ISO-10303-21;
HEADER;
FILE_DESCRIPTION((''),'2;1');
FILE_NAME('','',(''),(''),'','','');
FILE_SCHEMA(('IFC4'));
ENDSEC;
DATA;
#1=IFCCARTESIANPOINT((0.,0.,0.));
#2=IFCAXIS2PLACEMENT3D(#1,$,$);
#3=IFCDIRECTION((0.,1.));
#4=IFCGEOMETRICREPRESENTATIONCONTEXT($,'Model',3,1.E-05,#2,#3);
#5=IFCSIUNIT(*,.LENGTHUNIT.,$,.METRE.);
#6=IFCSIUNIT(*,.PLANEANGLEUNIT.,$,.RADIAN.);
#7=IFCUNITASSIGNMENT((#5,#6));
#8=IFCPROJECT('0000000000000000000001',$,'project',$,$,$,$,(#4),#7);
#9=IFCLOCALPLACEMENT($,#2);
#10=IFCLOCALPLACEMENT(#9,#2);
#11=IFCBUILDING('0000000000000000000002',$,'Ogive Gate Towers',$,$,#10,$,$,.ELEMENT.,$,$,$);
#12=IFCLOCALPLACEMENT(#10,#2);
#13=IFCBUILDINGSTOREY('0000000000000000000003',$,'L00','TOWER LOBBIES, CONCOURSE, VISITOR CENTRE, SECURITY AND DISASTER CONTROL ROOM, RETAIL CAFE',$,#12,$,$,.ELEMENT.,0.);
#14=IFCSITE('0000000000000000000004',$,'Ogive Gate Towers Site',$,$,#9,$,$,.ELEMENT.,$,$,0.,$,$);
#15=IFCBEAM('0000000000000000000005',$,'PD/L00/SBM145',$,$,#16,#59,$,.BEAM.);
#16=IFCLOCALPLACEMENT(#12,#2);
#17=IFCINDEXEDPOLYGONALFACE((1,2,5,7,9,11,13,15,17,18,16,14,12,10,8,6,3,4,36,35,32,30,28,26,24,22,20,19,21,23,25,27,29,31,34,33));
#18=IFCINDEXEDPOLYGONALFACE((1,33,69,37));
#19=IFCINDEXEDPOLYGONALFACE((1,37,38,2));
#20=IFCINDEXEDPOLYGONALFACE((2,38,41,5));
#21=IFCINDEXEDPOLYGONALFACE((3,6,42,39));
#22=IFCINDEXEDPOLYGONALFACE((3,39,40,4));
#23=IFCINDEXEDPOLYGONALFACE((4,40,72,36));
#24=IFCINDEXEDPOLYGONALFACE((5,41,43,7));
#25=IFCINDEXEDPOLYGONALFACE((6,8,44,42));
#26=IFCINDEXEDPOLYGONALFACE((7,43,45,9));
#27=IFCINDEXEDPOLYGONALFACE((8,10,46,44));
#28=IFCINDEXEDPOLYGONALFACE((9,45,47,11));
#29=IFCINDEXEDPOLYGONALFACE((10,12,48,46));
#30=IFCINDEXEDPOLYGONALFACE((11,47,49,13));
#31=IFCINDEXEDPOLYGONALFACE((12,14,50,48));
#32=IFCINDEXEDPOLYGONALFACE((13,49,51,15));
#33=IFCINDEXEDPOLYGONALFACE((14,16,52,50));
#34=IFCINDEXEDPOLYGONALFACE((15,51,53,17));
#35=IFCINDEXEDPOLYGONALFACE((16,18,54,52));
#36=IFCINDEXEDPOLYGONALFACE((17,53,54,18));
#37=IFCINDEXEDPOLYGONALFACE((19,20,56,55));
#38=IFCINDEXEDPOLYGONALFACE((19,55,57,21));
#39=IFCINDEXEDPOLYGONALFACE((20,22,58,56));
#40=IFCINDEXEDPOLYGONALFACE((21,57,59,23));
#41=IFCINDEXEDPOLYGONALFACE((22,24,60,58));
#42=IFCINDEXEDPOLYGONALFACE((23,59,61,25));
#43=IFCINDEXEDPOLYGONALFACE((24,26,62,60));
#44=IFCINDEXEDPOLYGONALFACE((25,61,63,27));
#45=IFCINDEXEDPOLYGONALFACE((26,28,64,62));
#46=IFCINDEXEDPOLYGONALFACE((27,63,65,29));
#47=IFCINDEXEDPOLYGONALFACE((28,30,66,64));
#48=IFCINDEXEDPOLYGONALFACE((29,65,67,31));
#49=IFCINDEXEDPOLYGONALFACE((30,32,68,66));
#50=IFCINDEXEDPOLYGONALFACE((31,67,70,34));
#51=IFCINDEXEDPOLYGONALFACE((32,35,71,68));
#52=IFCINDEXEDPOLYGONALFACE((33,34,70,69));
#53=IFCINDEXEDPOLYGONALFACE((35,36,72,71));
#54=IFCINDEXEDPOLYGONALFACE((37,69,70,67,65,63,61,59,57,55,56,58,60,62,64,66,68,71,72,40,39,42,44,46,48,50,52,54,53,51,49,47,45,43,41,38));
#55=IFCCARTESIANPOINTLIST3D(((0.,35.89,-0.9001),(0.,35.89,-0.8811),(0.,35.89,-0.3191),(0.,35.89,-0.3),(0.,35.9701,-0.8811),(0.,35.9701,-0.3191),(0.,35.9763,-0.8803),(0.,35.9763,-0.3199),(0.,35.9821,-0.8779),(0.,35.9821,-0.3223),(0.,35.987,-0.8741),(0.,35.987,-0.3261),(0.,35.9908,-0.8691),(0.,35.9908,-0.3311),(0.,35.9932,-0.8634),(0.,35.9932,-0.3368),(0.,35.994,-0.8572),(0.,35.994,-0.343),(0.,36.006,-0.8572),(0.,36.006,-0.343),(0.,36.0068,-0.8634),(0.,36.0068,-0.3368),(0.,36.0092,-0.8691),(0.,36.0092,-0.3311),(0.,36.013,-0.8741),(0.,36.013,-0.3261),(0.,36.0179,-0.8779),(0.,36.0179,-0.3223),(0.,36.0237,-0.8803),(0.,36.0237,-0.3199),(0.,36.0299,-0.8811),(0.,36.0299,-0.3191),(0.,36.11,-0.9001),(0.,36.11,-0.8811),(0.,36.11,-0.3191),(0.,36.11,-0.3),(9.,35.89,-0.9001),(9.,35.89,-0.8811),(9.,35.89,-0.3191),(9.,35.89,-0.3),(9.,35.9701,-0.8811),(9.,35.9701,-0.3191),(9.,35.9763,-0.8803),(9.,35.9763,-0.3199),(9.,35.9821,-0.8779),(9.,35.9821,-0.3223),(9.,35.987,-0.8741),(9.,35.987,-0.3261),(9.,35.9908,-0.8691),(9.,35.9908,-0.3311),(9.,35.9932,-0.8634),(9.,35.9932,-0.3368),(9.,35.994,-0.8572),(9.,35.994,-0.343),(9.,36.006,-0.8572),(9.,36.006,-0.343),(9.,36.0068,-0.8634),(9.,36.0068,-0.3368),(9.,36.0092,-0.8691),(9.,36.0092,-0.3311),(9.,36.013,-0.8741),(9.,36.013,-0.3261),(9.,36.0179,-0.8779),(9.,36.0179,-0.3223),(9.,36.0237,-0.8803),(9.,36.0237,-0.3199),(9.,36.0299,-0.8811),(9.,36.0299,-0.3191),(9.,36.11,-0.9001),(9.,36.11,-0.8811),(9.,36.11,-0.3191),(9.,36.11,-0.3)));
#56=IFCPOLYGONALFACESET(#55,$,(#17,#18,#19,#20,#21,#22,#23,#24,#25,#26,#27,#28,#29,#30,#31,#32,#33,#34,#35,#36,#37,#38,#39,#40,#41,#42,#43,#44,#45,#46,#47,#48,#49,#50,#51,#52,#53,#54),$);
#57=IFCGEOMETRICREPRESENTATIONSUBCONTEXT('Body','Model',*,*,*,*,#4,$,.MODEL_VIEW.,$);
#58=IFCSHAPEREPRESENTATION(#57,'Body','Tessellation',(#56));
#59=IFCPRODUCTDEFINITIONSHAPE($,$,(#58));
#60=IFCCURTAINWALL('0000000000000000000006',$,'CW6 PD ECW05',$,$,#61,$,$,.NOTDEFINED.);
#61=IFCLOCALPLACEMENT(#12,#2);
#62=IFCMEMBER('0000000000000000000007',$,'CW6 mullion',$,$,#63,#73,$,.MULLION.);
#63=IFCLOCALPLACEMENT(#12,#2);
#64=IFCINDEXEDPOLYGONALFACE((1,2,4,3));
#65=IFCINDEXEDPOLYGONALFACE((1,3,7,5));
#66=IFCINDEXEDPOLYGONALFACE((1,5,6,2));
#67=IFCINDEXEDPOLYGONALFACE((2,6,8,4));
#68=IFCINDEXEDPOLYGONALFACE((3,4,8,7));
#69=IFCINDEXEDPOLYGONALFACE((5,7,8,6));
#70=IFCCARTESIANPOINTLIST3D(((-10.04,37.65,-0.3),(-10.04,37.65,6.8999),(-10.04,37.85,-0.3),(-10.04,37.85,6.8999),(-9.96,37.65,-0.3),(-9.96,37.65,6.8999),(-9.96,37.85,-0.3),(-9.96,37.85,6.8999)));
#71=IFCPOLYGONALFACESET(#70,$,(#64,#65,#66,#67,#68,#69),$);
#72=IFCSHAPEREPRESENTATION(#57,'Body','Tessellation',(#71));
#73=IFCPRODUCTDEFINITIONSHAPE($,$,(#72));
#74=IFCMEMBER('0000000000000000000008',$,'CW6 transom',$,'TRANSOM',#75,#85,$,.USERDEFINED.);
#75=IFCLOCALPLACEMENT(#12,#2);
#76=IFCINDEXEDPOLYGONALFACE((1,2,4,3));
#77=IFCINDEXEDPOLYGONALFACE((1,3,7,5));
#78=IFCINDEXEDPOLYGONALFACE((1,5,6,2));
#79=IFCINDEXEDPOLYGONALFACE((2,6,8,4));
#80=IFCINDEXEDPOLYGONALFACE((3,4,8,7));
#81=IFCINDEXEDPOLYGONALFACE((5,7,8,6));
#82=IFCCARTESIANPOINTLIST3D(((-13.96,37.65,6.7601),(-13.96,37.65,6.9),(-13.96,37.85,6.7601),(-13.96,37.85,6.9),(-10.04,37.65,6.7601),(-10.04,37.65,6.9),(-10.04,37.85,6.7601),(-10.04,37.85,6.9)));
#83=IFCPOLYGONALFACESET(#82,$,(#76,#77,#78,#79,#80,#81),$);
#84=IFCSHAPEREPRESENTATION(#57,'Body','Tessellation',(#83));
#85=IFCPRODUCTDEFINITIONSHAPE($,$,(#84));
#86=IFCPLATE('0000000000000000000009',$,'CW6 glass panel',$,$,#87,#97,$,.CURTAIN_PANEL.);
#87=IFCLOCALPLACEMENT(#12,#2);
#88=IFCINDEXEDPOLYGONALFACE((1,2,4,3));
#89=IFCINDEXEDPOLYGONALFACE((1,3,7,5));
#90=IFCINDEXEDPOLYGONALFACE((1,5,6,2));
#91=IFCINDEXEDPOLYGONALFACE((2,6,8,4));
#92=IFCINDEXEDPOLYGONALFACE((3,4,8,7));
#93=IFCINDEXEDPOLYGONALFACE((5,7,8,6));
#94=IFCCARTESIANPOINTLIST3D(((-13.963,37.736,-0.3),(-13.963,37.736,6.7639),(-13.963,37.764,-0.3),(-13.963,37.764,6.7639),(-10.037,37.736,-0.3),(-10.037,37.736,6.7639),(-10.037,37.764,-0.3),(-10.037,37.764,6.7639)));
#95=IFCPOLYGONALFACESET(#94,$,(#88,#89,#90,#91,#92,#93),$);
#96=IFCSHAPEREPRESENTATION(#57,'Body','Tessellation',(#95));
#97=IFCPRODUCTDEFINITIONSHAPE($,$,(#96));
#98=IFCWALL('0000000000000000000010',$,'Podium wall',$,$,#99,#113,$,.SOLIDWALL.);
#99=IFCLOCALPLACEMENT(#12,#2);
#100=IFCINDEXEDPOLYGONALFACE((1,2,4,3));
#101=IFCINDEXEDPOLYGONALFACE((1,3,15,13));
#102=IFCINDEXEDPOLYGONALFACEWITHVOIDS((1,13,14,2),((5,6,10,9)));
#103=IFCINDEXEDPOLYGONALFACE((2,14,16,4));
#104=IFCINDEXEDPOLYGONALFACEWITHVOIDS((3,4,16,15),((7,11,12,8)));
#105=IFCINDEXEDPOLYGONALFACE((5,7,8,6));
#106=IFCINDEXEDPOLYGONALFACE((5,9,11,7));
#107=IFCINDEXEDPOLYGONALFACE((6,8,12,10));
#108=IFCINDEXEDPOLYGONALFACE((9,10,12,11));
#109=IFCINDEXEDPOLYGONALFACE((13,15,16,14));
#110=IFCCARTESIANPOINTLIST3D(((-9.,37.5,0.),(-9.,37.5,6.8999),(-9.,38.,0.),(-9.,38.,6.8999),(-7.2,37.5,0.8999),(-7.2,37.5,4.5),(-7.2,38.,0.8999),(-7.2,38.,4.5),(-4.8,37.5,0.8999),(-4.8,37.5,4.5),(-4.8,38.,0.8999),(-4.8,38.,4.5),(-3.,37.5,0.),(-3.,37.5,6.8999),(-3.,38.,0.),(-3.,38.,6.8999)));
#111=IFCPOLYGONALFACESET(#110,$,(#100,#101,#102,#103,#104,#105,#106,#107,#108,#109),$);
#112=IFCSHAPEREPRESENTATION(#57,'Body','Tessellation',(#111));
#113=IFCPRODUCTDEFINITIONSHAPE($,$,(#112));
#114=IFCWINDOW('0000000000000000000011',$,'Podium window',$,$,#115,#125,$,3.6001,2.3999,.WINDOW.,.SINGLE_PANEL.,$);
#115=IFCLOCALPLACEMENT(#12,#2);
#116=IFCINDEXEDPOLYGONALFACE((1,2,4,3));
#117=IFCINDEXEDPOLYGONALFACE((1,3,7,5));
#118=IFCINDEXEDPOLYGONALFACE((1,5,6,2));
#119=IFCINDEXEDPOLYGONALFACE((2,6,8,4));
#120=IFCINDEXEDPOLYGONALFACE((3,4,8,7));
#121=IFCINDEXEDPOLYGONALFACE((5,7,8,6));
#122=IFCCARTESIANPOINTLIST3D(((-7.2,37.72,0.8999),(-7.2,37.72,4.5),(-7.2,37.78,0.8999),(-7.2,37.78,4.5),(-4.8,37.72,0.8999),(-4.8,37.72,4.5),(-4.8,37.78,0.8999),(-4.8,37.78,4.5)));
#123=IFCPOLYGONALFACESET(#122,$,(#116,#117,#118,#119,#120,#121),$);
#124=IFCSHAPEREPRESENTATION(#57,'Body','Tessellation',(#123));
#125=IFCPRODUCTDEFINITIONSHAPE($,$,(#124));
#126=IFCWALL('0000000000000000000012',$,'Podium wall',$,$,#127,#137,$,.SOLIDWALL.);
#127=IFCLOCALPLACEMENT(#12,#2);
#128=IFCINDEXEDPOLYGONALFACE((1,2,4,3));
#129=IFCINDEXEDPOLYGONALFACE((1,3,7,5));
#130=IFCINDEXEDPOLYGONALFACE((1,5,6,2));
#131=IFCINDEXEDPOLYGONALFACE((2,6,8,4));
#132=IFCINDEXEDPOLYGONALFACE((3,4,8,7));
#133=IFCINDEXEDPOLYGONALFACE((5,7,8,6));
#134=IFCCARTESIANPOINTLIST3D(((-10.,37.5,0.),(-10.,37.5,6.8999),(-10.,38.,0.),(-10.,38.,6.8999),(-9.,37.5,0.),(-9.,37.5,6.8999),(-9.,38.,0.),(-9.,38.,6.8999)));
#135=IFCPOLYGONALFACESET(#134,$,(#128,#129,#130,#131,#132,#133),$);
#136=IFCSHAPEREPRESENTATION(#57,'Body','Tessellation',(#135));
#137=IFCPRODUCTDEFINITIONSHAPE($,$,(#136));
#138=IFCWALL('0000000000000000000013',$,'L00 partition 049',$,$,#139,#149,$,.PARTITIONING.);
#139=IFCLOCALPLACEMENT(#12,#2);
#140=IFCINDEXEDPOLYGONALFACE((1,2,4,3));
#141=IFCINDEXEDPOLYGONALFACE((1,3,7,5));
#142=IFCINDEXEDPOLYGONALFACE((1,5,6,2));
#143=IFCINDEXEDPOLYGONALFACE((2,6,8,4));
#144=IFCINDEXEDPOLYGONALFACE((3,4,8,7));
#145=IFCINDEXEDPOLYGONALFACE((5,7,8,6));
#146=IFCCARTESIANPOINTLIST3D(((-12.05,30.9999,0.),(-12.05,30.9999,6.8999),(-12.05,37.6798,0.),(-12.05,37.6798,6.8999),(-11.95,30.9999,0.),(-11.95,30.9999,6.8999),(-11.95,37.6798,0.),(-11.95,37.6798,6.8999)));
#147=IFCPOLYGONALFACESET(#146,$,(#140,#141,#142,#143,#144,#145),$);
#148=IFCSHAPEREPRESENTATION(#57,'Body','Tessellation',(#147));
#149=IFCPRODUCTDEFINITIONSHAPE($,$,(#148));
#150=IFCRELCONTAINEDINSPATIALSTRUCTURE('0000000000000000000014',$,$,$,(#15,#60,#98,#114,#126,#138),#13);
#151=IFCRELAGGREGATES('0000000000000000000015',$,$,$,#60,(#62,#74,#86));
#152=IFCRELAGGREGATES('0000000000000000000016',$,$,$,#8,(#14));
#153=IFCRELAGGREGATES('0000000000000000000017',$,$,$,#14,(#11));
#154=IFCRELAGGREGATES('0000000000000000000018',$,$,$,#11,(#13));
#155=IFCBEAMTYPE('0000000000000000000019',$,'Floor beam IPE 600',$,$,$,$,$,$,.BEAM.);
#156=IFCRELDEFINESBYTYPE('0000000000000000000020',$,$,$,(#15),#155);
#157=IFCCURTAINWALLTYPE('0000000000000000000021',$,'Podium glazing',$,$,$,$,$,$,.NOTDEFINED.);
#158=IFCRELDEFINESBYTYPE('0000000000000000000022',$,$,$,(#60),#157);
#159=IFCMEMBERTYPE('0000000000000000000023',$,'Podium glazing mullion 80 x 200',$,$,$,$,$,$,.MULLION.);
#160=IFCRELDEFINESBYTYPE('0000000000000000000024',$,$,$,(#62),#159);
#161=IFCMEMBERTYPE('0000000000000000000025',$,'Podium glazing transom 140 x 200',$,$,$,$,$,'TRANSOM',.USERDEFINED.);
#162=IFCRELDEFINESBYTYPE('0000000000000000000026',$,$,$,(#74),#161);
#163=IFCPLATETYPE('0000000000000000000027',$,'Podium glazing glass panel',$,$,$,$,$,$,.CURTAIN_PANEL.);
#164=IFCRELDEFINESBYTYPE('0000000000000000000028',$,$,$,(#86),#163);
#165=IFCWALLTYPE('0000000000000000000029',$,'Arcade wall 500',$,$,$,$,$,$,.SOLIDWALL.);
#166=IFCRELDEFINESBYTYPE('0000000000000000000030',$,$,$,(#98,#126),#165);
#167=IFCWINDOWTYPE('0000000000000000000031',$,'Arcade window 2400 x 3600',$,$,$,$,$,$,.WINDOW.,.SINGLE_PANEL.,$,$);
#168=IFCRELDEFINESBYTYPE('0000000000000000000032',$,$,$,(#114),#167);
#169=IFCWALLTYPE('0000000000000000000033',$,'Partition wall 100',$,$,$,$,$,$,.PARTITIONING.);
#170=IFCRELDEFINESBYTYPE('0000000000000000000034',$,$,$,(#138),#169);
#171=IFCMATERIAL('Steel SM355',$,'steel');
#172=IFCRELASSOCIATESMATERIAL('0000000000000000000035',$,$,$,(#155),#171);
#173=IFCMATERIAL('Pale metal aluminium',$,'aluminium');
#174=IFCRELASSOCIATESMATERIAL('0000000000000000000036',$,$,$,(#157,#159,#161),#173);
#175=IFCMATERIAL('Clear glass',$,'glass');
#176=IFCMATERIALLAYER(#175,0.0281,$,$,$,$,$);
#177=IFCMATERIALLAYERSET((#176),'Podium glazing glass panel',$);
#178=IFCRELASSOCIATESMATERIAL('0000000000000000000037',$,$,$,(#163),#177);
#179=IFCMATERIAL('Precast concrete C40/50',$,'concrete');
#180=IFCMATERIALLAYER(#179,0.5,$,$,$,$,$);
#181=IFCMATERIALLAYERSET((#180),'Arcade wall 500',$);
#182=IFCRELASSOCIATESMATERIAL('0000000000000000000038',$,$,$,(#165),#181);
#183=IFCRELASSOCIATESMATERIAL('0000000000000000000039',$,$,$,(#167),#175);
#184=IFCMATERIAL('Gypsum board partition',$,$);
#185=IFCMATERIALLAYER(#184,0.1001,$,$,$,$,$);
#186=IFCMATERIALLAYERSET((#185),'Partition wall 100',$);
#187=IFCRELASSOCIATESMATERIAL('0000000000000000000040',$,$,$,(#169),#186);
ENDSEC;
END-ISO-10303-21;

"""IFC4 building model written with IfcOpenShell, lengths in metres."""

from ifc_helpers import new_model, si_unit, direction, frame, frame_2d, origin, origin_2d, place, context, subcontext, project, spatial, rectangle, i_section, extrude, material, layer, layer_set, material_profile, profile_set, type_object, element, fill, aggregate, save


model = new_model("IFC4")

# Units and contexts
model_context = context("Model", 3, precision=1e-05, world=origin(), true_north=direction((0.0, 1.0)))
body_context = subcontext(model_context, "Body", "Model", "MODEL_VIEW")
ifc_project = project(units=[si_unit("LENGTHUNIT", "METRE"), si_unit("PLANEANGLEUNIT", "RADIAN")], contexts=[model_context])

# Site, building, storey
site_placement = place(None, origin())
site = spatial("IfcSite", under=ifc_project, at=site_placement, Name="Ogive Gate Towers Site", CompositionType="ELEMENT", RefElevation=0.0)
building_placement = place(site_placement, origin())
building = spatial("IfcBuilding", under=site, at=building_placement, Name="Ogive Gate Towers", CompositionType="ELEMENT")
storey_placement = place(building_placement, origin())
storey = spatial("IfcBuildingStorey", under=building, at=storey_placement, Name="L00", Description="TOWER LOBBIES, CONCOURSE, VISITOR CENTRE, SECURITY AND DISASTER CONTROL ROOM, RETAIL CAFE", CompositionType="ELEMENT", Elevation=0.0)

# Beam
ifc_material_1 = material(Name="Steel SM355", Category="steel")
ifc_material_profile_1 = material_profile(ifc_material_1, i_section(OverallWidth=0.22, OverallDepth=0.6001, WebThickness=0.012, FlangeThickness=0.019, FilletRadius=0.0239, at=origin_2d()), Name="IPE 600")
ifc_profile_set_1 = profile_set([ifc_material_profile_1], Name="Steel SM355")
beam_type = type_object("IfcBeamType", Name="Floor beam IPE 600", PredefinedType="BEAM", material=ifc_profile_set_1)
for number, where, z_axis, x_axis, name in (
    (1, (0.0, 36.0, -0.6001), (1.0, 0.0, 0.0), (0.0, 1.0, 0.0), "PD/L00/SBM145"),
):
    element("IfcBeam", number, at=place(storey_placement, frame(where, z_axis=z_axis, x_axis=x_axis)), inside=storey, type_object=beam_type, Name=name, PredefinedType="BEAM", context=body_context, shape_type="SweptSolid", body=[
        extrude(i_section(OverallWidth=0.22, OverallDepth=0.6001, WebThickness=0.012, FlangeThickness=0.019, FilletRadius=0.0239, at=origin_2d()), origin(), (0.0, 0.0, 1.0), 9.0),
    ])

# Curtain wall, members, plate
ifc_material_2 = material(Name="Pale metal aluminium", Category="aluminium")
curtain_wall_type = type_object("IfcCurtainWallType", Name="Podium glazing", PredefinedType="NOTDEFINED", material=ifc_material_2)
curtain_wall_placement = place(storey_placement, origin())
curtain_wall = element("IfcCurtainWall", 2, at=curtain_wall_placement, inside=storey, type_object=curtain_wall_type, Name="CW6 PD ECW05", PredefinedType="NOTDEFINED")
ifc_material_profile_2 = material_profile(ifc_material_2, rectangle(XDim=0.2, YDim=0.0801, at=origin_2d()), Name="80 x 200 aluminium box")
ifc_profile_set_2 = profile_set([ifc_material_profile_2], Name="Pale metal aluminium")
member_type_1 = type_object("IfcMemberType", Name="Podium glazing mullion 80 x 200", PredefinedType="MULLION", material=ifc_profile_set_2)
member_1_placement = place(storey_placement, frame((-10.0, 37.75, -0.3), z_axis=(0.0, 0.0, 1.0), x_axis=(0.0, 1.0, 0.0)))
member_1 = element("IfcMember", 3, at=member_1_placement, type_object=member_type_1, Name="CW6 mullion", PredefinedType="MULLION", context=body_context, shape_type="SweptSolid", body=[
    extrude(rectangle(XDim=0.2, YDim=0.0801, at=origin_2d()), origin(), (0.0, 0.0, 1.0), 7.2),
])
ifc_material_profile_3 = material_profile(ifc_material_2, rectangle(XDim=0.2, YDim=0.1399, at=origin_2d()), Name="140 x 200 aluminium box")
ifc_profile_set_3 = profile_set([ifc_material_profile_3], Name="Pale metal aluminium")
member_type_2 = type_object("IfcMemberType", Name="Podium glazing transom 140 x 200", ElementType="TRANSOM", PredefinedType="USERDEFINED", material=ifc_profile_set_3)
member_2_placement = place(storey_placement, frame((-10.04, 37.75, 6.8301), z_axis=(-1.0, 0.0, 0.0), x_axis=(0.0, -1.0, 0.0)))
member_2 = element("IfcMember", 4, at=member_2_placement, type_object=member_type_2, Name="CW6 transom", ObjectType="TRANSOM", PredefinedType="USERDEFINED", context=body_context, shape_type="SweptSolid", body=[
    extrude(rectangle(XDim=0.2, YDim=0.1399, at=origin_2d()), origin(), (0.0, 0.0, 1.0), 3.9199),
])
ifc_material_3 = material(Name="Clear glass", Category="glass")
ifc_layer_1 = layer(ifc_material_3, 0.0281)
ifc_layer_set_1 = layer_set([ifc_layer_1], Name="Podium glazing glass panel")
plate_type = type_object("IfcPlateType", Name="Podium glazing glass panel", PredefinedType="CURTAIN_PANEL", material=ifc_layer_set_1)
plate_placement = place(storey_placement, frame((-12.0, 37.75, -0.3), z_axis=(0.0, 0.0, 1.0), x_axis=(-1.0, 0.0, 0.0)))
plate = element("IfcPlate", 5, at=plate_placement, type_object=plate_type, Name="CW6 glass panel", PredefinedType="CURTAIN_PANEL", context=body_context, shape_type="SweptSolid", body=[
    extrude(rectangle(XDim=3.926, YDim=0.0281, at=origin_2d()), origin(), (0.0, 0.0, 1.0), 7.064),
])
aggregate(curtain_wall, [member_1, member_2, plate])

# Wall, opening, window
ifc_material_4 = material(Name="Precast concrete C40/50", Category="concrete")
ifc_layer_2 = layer(ifc_material_4, 0.5)
ifc_layer_set_2 = layer_set([ifc_layer_2], Name="Arcade wall 500")
wall_type_1 = type_object("IfcWallType", Name="Arcade wall 500", PredefinedType="SOLIDWALL", material=ifc_layer_set_2)
wall_1_placement = place(storey_placement, frame((-3.0, 37.75, 0.0), z_axis=(0.0, 0.0, 1.0), x_axis=(-1.0, 0.0, 0.0)))
wall_1 = element("IfcWall", 6, at=wall_1_placement, inside=storey, type_object=wall_type_1, Name="Podium wall", PredefinedType="SOLIDWALL", context=body_context, shape_type="SweptSolid", body=[
    extrude(rectangle(XDim=6.0, YDim=0.5, at=frame_2d((3.0, 0.0))), origin(), (0.0, 0.0, 1.0), 6.8999),
])
opening_1_placement = place(wall_1_placement, frame((1.8, 0.0, 0.8999)))
opening_1 = element("IfcOpeningElement", 7, at=opening_1_placement, cuts=wall_1, PredefinedType="OPENING", context=body_context, shape_type="SweptSolid", body=[
    extrude(rectangle(XDim=2.3999, YDim=3.6001, at=frame_2d((1.2, 1.8))), frame((0.0, 0.26, 0.0), z_axis=(0.0, -1.0, 0.0), x_axis=(1.0, 0.0, 0.0)), (0.0, 0.0, 1.0), 0.52),
])
window_type = type_object("IfcWindowType", Name="Arcade window 2400 x 3600", PartitioningType="SINGLE_PANEL", PredefinedType="WINDOW", material=ifc_material_3)
window_placement = place(opening_1_placement, origin())
window = element("IfcWindow", 8, at=window_placement, inside=storey, type_object=window_type, Name="Podium window", OverallHeight=3.6001, OverallWidth=2.3999, PartitioningType="SINGLE_PANEL", PredefinedType="WINDOW", context=body_context, shape_type="SweptSolid", body=[
    extrude(rectangle(XDim=2.3999, YDim=3.6001, at=frame_2d((1.2, 1.8))), frame((0.0, 0.03, 0.0), z_axis=(0.0, -1.0, 0.0), x_axis=(1.0, 0.0, 0.0)), (0.0, 0.0, 1.0), 0.0601),
])
fill(opening_1, window)

# Walls
wall_2_placement = place(storey_placement, frame((-9.0, 37.75, 0.0), z_axis=(0.0, 0.0, 1.0), x_axis=(-1.0, 0.0, 0.0)))
element("IfcWall", 9, at=wall_2_placement, inside=storey, type_object=wall_type_1, Name="Podium wall", PredefinedType="SOLIDWALL", context=body_context, shape_type="SweptSolid", body=[
    extrude(rectangle(XDim=1.0, YDim=0.5, at=frame_2d((0.5, 0.0))), origin(), (0.0, 0.0, 1.0), 6.8999),
])
ifc_material_5 = material(Name="Gypsum board partition")
ifc_layer_3 = layer(ifc_material_5, 0.1001)
ifc_layer_set_3 = layer_set([ifc_layer_3], Name="Partition wall 100")
wall_type_2 = type_object("IfcWallType", Name="Partition wall 100", PredefinedType="PARTITIONING", material=ifc_layer_set_3)
wall_3_placement = place(storey_placement, frame((-12.0, 31.0, 0.0), z_axis=(0.0, 0.0, 1.0), x_axis=(0.0, 1.0, 0.0)))
element("IfcWall", 10, at=wall_3_placement, inside=storey, type_object=wall_type_2, Name="L00 partition 049", PredefinedType="PARTITIONING", context=body_context, shape_type="SweptSolid", body=[
    extrude(rectangle(XDim=6.6799, YDim=0.1001, at=frame_2d((3.3398, 0.0))), origin(), (0.0, 0.0, 1.0), 6.8999),
])

save(model, "model.ifc")
